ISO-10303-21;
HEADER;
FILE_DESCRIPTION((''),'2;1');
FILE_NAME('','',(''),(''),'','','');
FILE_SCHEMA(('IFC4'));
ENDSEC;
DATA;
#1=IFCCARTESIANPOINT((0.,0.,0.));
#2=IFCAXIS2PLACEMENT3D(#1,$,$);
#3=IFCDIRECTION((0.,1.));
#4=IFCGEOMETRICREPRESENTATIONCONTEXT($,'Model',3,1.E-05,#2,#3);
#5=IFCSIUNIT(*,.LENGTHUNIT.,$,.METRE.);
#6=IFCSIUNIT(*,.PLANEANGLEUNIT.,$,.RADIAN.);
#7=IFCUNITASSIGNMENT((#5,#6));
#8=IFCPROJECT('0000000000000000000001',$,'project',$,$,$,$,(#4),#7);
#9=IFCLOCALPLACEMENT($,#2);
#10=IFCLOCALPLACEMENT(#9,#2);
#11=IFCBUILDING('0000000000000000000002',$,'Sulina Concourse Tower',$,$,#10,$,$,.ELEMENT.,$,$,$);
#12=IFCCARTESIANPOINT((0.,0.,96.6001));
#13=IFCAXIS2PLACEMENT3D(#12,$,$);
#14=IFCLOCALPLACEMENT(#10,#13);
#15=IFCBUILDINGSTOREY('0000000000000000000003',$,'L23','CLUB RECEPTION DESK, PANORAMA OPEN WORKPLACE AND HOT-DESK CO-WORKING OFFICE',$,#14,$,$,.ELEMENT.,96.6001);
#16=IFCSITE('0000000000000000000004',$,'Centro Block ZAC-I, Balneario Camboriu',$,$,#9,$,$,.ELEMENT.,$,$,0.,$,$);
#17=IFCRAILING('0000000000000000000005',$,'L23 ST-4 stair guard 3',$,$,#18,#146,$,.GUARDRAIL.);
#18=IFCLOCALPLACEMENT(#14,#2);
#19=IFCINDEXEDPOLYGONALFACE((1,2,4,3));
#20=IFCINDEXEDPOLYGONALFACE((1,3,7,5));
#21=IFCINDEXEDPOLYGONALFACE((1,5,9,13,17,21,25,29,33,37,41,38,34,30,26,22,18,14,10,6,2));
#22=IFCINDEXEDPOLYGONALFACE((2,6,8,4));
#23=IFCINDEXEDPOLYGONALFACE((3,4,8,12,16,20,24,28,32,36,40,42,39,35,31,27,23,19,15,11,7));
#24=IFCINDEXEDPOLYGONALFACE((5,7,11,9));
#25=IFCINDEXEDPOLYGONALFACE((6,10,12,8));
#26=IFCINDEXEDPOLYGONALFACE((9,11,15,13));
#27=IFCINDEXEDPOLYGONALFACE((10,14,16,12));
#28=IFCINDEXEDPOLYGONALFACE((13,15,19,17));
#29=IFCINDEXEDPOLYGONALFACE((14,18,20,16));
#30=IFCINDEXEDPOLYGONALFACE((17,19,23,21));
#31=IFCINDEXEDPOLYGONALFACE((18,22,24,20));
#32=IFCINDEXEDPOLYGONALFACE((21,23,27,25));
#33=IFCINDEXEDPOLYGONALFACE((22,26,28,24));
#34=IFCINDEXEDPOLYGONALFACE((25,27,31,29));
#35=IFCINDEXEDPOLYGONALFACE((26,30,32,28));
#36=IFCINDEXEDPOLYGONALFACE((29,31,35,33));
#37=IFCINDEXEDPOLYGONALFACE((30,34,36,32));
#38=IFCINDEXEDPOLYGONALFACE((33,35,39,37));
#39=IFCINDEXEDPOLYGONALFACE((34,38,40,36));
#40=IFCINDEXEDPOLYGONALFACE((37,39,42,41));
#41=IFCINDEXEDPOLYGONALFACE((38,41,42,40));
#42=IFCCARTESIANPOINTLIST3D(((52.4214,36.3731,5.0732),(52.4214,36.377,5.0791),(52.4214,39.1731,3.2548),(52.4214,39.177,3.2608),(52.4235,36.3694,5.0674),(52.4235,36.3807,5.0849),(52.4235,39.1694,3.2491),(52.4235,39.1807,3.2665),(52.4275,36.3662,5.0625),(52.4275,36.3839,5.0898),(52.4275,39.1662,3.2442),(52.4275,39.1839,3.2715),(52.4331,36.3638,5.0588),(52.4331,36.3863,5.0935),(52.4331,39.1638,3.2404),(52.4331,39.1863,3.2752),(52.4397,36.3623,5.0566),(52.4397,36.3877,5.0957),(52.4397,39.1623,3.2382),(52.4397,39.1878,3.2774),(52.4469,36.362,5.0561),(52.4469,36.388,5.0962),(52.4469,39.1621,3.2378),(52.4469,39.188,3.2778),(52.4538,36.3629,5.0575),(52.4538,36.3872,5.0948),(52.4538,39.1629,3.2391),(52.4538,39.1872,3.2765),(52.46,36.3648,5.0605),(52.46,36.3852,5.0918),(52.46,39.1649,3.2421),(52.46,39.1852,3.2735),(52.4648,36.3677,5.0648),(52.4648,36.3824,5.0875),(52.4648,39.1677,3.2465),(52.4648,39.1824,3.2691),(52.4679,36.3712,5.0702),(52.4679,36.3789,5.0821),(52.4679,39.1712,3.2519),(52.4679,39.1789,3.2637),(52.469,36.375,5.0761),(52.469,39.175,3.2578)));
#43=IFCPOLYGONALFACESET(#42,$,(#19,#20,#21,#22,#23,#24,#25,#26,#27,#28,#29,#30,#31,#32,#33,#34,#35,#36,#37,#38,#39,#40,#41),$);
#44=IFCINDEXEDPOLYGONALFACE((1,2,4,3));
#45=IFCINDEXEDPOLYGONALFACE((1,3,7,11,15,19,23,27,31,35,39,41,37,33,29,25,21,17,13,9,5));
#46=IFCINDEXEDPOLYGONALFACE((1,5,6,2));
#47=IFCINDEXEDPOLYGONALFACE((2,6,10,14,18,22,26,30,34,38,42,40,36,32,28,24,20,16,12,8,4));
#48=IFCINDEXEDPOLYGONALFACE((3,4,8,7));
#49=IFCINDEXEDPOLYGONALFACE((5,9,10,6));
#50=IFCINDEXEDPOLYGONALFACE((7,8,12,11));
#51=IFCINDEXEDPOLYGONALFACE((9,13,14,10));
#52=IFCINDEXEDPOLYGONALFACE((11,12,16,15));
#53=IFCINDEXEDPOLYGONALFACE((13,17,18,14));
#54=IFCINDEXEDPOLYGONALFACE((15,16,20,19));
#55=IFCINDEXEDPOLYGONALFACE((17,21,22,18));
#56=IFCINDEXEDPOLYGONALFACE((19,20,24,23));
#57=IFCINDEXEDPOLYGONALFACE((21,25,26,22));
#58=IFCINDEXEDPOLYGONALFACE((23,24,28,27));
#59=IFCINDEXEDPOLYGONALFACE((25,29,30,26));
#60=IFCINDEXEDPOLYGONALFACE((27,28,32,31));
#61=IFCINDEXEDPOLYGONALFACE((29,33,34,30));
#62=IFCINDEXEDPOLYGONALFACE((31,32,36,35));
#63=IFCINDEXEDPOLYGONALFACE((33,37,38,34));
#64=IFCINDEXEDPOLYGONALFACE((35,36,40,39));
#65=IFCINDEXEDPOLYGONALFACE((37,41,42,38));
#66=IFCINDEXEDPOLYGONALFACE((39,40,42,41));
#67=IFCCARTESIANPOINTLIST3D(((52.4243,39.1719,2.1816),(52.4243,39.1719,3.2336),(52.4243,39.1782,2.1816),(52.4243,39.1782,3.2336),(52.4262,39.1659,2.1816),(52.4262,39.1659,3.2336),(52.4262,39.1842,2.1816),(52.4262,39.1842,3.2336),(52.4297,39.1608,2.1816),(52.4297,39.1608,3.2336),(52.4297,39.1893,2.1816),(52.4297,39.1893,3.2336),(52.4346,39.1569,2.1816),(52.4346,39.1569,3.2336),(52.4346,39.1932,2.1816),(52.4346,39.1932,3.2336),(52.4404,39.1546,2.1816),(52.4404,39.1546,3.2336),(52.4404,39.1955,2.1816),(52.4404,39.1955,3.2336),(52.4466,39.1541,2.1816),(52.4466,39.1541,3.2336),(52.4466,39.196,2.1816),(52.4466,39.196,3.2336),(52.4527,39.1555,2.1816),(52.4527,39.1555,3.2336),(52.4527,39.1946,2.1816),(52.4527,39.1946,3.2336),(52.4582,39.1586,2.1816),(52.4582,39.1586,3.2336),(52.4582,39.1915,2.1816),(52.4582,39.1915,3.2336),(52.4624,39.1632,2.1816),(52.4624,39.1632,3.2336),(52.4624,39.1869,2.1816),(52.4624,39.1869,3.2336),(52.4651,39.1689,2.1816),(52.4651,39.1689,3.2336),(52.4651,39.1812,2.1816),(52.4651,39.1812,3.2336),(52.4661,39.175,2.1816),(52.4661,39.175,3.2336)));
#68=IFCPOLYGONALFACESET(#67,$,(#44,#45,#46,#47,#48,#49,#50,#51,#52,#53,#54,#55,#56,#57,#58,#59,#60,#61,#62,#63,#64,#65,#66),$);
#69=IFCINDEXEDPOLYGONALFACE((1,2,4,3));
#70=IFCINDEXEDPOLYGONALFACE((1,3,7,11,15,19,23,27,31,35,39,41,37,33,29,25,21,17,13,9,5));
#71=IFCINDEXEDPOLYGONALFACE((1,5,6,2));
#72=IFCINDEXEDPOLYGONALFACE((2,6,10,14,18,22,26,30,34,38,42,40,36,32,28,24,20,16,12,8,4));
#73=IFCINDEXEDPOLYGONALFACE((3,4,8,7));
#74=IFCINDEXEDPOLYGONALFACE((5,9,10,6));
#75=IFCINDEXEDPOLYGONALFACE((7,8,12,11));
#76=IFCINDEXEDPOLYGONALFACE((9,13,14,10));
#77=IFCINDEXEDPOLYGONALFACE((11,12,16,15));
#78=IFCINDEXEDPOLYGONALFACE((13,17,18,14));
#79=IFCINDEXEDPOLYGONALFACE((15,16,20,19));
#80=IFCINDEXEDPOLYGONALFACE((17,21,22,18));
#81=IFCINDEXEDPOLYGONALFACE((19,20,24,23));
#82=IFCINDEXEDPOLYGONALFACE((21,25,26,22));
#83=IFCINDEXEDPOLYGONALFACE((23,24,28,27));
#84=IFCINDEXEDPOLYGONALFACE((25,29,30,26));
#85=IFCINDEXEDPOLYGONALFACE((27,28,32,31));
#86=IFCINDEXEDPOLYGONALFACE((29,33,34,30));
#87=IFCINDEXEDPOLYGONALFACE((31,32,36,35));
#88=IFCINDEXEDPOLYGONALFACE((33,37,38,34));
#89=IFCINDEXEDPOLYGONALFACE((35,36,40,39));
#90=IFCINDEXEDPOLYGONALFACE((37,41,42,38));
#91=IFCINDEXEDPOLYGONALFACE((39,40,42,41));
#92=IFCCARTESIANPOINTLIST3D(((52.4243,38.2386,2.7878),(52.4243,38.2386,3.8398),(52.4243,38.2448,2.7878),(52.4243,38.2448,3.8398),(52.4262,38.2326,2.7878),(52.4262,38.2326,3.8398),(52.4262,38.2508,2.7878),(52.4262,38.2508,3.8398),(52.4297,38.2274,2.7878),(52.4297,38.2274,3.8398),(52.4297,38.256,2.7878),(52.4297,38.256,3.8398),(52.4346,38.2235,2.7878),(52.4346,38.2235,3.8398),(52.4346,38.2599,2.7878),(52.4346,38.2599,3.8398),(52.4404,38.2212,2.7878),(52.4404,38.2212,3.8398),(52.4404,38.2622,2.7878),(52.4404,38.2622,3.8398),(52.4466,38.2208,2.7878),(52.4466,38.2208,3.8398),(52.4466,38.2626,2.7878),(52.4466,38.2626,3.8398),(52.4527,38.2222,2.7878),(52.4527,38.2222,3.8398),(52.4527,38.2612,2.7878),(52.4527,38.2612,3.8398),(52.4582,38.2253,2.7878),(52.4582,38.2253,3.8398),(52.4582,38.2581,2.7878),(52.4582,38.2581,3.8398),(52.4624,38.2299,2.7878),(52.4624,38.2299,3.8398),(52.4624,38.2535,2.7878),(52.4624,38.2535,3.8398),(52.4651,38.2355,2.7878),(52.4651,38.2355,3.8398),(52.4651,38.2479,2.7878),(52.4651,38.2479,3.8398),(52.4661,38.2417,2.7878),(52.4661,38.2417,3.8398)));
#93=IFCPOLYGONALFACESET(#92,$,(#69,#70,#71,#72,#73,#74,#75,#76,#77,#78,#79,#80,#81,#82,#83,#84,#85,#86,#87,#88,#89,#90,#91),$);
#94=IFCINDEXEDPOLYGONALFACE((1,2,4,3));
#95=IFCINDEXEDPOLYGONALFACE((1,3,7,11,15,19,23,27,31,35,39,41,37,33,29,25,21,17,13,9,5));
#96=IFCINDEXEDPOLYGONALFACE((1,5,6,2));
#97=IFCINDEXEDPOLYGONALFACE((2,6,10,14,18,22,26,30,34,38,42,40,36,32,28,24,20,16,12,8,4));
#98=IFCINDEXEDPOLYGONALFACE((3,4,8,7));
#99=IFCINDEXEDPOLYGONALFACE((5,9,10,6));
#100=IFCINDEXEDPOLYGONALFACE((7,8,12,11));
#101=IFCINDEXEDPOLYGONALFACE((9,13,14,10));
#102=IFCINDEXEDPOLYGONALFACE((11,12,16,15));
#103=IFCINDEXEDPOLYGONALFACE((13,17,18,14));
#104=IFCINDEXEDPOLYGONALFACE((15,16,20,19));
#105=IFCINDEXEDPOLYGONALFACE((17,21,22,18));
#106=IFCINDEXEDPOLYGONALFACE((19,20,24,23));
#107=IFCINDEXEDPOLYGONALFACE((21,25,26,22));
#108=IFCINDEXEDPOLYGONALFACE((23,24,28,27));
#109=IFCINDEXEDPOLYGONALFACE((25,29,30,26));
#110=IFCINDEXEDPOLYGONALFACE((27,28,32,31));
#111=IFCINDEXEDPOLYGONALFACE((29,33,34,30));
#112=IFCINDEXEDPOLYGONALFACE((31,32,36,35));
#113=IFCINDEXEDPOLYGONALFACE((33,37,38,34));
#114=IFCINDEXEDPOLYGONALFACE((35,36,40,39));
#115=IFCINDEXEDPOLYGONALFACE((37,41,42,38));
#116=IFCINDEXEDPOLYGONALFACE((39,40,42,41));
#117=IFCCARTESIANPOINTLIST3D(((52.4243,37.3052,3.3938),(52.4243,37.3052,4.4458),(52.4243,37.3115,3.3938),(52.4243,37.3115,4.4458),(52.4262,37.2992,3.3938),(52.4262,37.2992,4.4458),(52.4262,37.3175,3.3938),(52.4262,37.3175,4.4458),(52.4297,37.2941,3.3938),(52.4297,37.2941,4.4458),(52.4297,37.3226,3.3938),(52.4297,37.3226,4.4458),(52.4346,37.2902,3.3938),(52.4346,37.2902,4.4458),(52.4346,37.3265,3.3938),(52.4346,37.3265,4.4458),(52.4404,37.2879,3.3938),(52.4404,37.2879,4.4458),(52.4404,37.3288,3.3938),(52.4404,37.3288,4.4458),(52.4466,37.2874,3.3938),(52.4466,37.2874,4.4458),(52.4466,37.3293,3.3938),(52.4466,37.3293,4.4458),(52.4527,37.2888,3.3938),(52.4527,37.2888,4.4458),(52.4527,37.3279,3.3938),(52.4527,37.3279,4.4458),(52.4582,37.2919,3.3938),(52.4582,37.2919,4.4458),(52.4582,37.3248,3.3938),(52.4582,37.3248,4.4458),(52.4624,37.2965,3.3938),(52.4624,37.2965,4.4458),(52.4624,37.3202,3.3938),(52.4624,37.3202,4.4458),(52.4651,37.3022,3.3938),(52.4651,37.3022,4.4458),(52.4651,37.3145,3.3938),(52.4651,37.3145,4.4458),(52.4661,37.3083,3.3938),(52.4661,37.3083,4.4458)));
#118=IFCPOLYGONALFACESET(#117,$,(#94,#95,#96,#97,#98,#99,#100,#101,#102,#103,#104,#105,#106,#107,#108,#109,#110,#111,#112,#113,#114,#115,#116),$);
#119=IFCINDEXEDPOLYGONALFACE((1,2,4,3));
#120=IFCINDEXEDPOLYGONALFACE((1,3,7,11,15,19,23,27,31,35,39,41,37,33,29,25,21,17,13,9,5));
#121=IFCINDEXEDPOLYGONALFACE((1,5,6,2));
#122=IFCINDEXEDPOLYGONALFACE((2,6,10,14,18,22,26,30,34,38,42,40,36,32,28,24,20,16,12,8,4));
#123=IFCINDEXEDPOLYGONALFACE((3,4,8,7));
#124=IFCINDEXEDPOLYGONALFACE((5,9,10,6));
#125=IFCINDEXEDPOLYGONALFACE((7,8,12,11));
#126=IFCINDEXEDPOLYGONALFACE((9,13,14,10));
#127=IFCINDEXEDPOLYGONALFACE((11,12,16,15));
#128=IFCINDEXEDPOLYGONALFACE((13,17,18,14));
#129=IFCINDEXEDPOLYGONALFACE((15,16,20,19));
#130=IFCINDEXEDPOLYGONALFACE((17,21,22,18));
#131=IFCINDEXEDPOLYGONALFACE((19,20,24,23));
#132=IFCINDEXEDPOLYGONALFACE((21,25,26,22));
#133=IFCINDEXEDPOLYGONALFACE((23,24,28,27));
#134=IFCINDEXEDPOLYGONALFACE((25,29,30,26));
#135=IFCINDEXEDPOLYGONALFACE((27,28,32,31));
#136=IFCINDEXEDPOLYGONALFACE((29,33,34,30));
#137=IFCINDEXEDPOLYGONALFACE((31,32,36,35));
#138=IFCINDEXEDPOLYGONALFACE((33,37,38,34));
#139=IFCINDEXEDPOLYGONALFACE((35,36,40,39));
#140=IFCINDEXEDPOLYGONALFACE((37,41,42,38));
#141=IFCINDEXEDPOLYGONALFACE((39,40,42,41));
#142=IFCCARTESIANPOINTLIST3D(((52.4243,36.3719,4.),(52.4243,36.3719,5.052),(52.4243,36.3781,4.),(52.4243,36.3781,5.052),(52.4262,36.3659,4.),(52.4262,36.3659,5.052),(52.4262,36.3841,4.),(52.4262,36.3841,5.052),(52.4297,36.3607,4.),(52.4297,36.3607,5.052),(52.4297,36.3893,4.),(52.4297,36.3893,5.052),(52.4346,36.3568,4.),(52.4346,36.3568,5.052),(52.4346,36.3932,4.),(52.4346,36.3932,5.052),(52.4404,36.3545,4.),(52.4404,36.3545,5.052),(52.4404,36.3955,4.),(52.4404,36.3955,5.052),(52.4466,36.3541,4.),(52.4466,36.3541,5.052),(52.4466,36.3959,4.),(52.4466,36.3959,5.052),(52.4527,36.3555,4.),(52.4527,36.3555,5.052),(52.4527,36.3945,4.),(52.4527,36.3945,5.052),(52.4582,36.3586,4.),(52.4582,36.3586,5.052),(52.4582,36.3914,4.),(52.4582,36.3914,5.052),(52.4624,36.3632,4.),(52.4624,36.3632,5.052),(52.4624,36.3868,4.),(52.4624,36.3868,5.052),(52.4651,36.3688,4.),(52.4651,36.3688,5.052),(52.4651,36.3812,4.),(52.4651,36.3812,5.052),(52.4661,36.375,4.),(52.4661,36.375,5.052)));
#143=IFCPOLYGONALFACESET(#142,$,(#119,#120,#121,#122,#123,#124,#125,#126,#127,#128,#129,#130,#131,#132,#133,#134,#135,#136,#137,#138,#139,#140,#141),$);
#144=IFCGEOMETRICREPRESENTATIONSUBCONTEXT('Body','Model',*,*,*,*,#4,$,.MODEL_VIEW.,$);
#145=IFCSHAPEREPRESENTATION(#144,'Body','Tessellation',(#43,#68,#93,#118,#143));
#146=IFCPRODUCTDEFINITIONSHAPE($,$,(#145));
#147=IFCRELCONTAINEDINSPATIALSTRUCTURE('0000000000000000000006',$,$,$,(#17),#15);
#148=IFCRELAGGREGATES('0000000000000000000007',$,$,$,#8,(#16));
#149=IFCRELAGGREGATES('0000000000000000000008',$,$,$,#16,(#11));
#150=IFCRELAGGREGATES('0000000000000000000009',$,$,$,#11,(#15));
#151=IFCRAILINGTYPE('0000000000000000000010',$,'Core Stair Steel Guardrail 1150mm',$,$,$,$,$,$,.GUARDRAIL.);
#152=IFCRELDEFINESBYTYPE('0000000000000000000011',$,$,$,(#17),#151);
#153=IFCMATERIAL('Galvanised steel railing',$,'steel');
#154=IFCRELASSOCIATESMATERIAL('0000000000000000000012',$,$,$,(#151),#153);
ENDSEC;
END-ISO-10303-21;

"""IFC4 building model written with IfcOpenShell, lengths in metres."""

from ifc_helpers import new_model, si_unit, direction, frame, origin, origin_2d, place, context, subcontext, project, spatial, circle, extrude, material, type_object, element, save


model = new_model("IFC4")

# Units and contexts
model_context = context("Model", 3, precision=1e-05, world=origin(), true_north=direction((0.0, 1.0)))
body_context = subcontext(model_context, "Body", "Model", "MODEL_VIEW")
ifc_project = project(units=[si_unit("LENGTHUNIT", "METRE"), si_unit("PLANEANGLEUNIT", "RADIAN")], contexts=[model_context])

# Site, building, storey
site_placement = place(None, origin())
site = spatial("IfcSite", under=ifc_project, at=site_placement, Name="Centro Block ZAC-I, Balneario Camboriu", CompositionType="ELEMENT", RefElevation=0.0)
building_placement = place(site_placement, origin())
building = spatial("IfcBuilding", under=site, at=building_placement, Name="Sulina Concourse Tower", CompositionType="ELEMENT")
storey_placement = place(building_placement, frame((0.0, 0.0, 96.6001)))
storey = spatial("IfcBuildingStorey", under=building, at=storey_placement, Name="L23", Description="CLUB RECEPTION DESK, PANORAMA OPEN WORKPLACE AND HOT-DESK CO-WORKING OFFICE", CompositionType="ELEMENT", Elevation=96.6001)

# Railing
ifc_material_1 = material(Name="Galvanised steel railing", Category="steel")
railing_type_1 = type_object("IfcRailingType", Name="Core Stair Steel Guardrail 1150mm", PredefinedType="GUARDRAIL", material=ifc_material_1)
railing_1_placement = place(storey_placement, frame((52.4451, 39.175, 2.1816)))
element("IfcRailing", 1, at=railing_1_placement, inside=storey, type_object=railing_type_1, Name="L23 ST-4 stair guard 3", PredefinedType="GUARDRAIL", context=body_context, shape_type="SweptSolid", body=[
    extrude(circle(Radius=0.0239, at=origin_2d()), frame((0.0, 0.0, 1.0762), z_axis=(0.0, -0.838672, 0.544636), x_axis=(1.0, 0.0, 0.0)), (0.0, 0.0, 1.0), 3.3386),
    extrude(circle(Radius=0.021, at=origin_2d()), origin(), (0.0, 0.0, 1.0), 1.052),
    extrude(circle(Radius=0.021, at=origin_2d()), frame((0.0, -0.9333, 0.6062)), (0.0, 0.0, 1.0), 1.052),
    extrude(circle(Radius=0.021, at=origin_2d()), frame((0.0, -1.8667, 1.2122)), (0.0, 0.0, 1.0), 1.052),
    extrude(circle(Radius=0.021, at=origin_2d()), frame((0.0, -2.8, 1.8184)), (0.0, 0.0, 1.0), 1.052),
])

save(model, "model.ifc")
